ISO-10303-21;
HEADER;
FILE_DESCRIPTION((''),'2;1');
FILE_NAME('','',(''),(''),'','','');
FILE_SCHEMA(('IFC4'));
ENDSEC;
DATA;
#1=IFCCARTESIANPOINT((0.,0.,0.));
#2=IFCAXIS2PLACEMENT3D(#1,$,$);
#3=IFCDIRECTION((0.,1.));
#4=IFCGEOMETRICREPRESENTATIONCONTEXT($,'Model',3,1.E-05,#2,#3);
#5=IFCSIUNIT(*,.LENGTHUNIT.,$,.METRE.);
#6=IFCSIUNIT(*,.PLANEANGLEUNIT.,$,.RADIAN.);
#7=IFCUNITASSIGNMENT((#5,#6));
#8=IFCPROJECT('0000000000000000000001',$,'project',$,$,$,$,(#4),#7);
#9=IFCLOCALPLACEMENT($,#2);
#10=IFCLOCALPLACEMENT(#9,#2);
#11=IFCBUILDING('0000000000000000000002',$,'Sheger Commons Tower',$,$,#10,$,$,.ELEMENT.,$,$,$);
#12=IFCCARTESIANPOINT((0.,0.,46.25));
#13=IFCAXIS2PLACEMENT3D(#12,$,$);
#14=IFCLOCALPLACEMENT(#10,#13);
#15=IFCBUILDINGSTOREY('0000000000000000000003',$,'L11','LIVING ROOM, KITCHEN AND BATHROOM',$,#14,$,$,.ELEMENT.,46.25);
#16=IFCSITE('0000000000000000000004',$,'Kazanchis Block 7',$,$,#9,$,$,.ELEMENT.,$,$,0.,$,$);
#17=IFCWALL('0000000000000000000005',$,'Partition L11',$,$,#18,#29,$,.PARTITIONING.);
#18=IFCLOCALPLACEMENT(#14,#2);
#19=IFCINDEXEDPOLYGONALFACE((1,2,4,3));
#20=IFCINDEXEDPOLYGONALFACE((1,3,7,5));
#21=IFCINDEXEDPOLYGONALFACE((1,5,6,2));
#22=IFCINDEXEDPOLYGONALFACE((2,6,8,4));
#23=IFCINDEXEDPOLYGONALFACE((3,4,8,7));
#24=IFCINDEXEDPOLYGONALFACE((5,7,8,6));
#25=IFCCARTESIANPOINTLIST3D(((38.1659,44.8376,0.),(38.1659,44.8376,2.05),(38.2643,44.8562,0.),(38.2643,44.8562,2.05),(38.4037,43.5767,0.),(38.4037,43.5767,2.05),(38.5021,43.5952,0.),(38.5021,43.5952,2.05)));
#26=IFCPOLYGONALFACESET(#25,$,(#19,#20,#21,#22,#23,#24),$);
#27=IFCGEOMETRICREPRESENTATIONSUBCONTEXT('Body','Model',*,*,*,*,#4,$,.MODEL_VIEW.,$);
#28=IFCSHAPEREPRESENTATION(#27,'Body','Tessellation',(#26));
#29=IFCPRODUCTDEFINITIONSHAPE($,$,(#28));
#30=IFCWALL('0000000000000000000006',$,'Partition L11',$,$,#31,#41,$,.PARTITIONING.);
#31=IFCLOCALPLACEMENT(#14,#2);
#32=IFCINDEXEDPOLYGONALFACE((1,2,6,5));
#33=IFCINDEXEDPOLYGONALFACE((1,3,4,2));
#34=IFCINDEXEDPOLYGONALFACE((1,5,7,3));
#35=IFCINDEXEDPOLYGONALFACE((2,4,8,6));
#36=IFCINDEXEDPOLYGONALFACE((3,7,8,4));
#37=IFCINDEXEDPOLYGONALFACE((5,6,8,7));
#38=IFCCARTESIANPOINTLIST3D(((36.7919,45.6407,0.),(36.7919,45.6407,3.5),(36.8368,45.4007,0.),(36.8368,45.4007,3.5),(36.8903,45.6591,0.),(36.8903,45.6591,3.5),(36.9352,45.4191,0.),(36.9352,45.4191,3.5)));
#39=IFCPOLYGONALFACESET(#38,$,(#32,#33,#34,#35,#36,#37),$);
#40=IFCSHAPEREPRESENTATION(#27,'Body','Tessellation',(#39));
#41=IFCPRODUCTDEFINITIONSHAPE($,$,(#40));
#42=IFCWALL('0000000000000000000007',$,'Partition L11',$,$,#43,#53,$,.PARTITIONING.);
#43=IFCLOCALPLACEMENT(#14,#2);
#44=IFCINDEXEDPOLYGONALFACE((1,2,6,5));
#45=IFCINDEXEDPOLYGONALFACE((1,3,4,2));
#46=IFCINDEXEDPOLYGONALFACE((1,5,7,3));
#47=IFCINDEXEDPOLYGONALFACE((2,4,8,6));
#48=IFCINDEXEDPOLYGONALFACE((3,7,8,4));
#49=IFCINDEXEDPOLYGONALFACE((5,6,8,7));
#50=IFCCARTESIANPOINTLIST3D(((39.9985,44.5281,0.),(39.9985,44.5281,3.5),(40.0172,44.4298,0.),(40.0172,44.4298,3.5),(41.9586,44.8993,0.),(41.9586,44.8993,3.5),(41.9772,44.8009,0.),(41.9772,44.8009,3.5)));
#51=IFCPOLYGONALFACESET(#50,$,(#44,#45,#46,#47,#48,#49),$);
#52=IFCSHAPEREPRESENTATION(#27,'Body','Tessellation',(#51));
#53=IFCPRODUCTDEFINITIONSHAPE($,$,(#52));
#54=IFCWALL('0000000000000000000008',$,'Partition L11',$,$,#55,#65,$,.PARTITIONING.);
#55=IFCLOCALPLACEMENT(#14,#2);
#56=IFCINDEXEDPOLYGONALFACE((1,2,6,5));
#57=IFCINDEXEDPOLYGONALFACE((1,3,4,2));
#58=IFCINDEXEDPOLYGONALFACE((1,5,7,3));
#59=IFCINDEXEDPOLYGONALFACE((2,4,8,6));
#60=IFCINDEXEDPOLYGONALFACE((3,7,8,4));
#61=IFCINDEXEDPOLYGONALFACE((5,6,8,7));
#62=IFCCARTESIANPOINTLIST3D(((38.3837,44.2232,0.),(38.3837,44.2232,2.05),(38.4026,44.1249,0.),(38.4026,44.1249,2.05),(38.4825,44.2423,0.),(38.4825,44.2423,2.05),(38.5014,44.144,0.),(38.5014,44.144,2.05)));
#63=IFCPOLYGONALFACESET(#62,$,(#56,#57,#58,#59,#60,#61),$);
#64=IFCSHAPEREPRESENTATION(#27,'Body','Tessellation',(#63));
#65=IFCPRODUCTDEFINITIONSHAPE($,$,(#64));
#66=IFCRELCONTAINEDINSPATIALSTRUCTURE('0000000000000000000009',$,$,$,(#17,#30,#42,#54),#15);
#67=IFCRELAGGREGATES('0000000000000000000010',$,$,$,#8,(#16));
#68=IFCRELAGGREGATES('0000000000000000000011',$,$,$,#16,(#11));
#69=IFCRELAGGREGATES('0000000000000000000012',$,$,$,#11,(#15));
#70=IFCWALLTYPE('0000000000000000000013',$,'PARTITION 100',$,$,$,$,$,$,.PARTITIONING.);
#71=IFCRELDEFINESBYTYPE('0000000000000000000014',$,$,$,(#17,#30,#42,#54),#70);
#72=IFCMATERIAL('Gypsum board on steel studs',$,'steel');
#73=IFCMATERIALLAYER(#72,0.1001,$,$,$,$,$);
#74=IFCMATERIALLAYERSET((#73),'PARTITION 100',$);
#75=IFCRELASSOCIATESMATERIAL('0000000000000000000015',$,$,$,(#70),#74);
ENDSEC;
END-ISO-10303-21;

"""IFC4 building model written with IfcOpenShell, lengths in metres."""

from ifc_helpers import new_model, si_unit, direction, frame, frame_2d, origin, place, context, subcontext, project, spatial, rectangle, extrude, material, layer, layer_set, type_object, element, save


model = new_model("IFC4")

# Units and contexts
model_context = context("Model", 3, precision=1e-05, world=origin(), true_north=direction((0.0, 1.0)))
body_context = subcontext(model_context, "Body", "Model", "MODEL_VIEW")
ifc_project = project(units=[si_unit("LENGTHUNIT", "METRE"), si_unit("PLANEANGLEUNIT", "RADIAN")], contexts=[model_context])

# Site, building, storey
site_placement = place(None, origin())
site = spatial("IfcSite", under=ifc_project, at=site_placement, Name="Kazanchis Block 7", CompositionType="ELEMENT", RefElevation=0.0)
building_placement = place(site_placement, origin())
building = spatial("IfcBuilding", under=site, at=building_placement, Name="Sheger Commons Tower", CompositionType="ELEMENT")
storey_placement = place(building_placement, frame((0.0, 0.0, 46.25)))
storey = spatial("IfcBuildingStorey", under=building, at=storey_placement, Name="L11", Description="LIVING ROOM, KITCHEN AND BATHROOM", CompositionType="ELEMENT", Elevation=46.25)

# Walls
ifc_material_1 = material(Name="Gypsum board on steel studs", Category="steel")
ifc_layer_1 = layer(ifc_material_1, 0.1001)
ifc_layer_set_1 = layer_set([ifc_layer_1], Name="PARTITION 100")
wall_type_1 = type_object("IfcWallType", Name="PARTITION 100", PredefinedType="PARTITIONING", material=ifc_layer_set_1)
wall_1_placement = place(storey_placement, frame((38.2151, 44.8469, 0.0), z_axis=(0.0, 0.0, 1.0), x_axis=(0.185311, -0.98268, 0.0)))
element("IfcWall", 1, at=wall_1_placement, inside=storey, type_object=wall_type_1, Name="Partition L11", PredefinedType="PARTITIONING", context=body_context, shape_type="SweptSolid", body=[
    extrude(rectangle(XDim=1.2832, YDim=0.1001, at=frame_2d((0.6416, 0.0))), origin(), (0.0, 0.0, 1.0), 2.05),
])
wall_2_placement = place(storey_placement, frame((36.8411, 45.6499, 0.0), z_axis=(0.0, 0.0, 1.0), x_axis=(0.183987, -0.982929, 0.0)))
element("IfcWall", 2, at=wall_2_placement, inside=storey, type_object=wall_type_1, Name="Partition L11", PredefinedType="PARTITIONING", context=body_context, shape_type="SweptSolid", body=[
    extrude(rectangle(XDim=0.2441, YDim=0.1001, at=frame_2d((0.1221, 0.0))), origin(), (0.0, 0.0, 1.0), 3.5),
])
wall_3_placement = place(storey_placement, frame((41.968, 44.8501, 0.0), z_axis=(0.0, 0.0, 1.0), x_axis=(-0.982544, -0.186032, 0.0)))
element("IfcWall", 3, at=wall_3_placement, inside=storey, type_object=wall_type_1, Name="Partition L11", PredefinedType="PARTITIONING", context=body_context, shape_type="SweptSolid", body=[
    extrude(rectangle(XDim=1.9949, YDim=0.1001, at=frame_2d((0.9976, 0.0))), origin(), (0.0, 0.0, 1.0), 3.5),
])
wall_4_placement = place(storey_placement, frame((38.4919, 44.1931, 0.0), z_axis=(0.0, 0.0, 1.0), x_axis=(-0.981955, -0.189117, 0.0)))
element("IfcWall", 4, at=wall_4_placement, inside=storey, type_object=wall_type_1, Name="Partition L11", PredefinedType="PARTITIONING", context=body_context, shape_type="SweptSolid", body=[
    extrude(rectangle(XDim=0.1006, YDim=0.1001, at=frame_2d((0.0503, 0.0))), origin(), (0.0, 0.0, 1.0), 2.05),
])

save(model, "model.ifc")
